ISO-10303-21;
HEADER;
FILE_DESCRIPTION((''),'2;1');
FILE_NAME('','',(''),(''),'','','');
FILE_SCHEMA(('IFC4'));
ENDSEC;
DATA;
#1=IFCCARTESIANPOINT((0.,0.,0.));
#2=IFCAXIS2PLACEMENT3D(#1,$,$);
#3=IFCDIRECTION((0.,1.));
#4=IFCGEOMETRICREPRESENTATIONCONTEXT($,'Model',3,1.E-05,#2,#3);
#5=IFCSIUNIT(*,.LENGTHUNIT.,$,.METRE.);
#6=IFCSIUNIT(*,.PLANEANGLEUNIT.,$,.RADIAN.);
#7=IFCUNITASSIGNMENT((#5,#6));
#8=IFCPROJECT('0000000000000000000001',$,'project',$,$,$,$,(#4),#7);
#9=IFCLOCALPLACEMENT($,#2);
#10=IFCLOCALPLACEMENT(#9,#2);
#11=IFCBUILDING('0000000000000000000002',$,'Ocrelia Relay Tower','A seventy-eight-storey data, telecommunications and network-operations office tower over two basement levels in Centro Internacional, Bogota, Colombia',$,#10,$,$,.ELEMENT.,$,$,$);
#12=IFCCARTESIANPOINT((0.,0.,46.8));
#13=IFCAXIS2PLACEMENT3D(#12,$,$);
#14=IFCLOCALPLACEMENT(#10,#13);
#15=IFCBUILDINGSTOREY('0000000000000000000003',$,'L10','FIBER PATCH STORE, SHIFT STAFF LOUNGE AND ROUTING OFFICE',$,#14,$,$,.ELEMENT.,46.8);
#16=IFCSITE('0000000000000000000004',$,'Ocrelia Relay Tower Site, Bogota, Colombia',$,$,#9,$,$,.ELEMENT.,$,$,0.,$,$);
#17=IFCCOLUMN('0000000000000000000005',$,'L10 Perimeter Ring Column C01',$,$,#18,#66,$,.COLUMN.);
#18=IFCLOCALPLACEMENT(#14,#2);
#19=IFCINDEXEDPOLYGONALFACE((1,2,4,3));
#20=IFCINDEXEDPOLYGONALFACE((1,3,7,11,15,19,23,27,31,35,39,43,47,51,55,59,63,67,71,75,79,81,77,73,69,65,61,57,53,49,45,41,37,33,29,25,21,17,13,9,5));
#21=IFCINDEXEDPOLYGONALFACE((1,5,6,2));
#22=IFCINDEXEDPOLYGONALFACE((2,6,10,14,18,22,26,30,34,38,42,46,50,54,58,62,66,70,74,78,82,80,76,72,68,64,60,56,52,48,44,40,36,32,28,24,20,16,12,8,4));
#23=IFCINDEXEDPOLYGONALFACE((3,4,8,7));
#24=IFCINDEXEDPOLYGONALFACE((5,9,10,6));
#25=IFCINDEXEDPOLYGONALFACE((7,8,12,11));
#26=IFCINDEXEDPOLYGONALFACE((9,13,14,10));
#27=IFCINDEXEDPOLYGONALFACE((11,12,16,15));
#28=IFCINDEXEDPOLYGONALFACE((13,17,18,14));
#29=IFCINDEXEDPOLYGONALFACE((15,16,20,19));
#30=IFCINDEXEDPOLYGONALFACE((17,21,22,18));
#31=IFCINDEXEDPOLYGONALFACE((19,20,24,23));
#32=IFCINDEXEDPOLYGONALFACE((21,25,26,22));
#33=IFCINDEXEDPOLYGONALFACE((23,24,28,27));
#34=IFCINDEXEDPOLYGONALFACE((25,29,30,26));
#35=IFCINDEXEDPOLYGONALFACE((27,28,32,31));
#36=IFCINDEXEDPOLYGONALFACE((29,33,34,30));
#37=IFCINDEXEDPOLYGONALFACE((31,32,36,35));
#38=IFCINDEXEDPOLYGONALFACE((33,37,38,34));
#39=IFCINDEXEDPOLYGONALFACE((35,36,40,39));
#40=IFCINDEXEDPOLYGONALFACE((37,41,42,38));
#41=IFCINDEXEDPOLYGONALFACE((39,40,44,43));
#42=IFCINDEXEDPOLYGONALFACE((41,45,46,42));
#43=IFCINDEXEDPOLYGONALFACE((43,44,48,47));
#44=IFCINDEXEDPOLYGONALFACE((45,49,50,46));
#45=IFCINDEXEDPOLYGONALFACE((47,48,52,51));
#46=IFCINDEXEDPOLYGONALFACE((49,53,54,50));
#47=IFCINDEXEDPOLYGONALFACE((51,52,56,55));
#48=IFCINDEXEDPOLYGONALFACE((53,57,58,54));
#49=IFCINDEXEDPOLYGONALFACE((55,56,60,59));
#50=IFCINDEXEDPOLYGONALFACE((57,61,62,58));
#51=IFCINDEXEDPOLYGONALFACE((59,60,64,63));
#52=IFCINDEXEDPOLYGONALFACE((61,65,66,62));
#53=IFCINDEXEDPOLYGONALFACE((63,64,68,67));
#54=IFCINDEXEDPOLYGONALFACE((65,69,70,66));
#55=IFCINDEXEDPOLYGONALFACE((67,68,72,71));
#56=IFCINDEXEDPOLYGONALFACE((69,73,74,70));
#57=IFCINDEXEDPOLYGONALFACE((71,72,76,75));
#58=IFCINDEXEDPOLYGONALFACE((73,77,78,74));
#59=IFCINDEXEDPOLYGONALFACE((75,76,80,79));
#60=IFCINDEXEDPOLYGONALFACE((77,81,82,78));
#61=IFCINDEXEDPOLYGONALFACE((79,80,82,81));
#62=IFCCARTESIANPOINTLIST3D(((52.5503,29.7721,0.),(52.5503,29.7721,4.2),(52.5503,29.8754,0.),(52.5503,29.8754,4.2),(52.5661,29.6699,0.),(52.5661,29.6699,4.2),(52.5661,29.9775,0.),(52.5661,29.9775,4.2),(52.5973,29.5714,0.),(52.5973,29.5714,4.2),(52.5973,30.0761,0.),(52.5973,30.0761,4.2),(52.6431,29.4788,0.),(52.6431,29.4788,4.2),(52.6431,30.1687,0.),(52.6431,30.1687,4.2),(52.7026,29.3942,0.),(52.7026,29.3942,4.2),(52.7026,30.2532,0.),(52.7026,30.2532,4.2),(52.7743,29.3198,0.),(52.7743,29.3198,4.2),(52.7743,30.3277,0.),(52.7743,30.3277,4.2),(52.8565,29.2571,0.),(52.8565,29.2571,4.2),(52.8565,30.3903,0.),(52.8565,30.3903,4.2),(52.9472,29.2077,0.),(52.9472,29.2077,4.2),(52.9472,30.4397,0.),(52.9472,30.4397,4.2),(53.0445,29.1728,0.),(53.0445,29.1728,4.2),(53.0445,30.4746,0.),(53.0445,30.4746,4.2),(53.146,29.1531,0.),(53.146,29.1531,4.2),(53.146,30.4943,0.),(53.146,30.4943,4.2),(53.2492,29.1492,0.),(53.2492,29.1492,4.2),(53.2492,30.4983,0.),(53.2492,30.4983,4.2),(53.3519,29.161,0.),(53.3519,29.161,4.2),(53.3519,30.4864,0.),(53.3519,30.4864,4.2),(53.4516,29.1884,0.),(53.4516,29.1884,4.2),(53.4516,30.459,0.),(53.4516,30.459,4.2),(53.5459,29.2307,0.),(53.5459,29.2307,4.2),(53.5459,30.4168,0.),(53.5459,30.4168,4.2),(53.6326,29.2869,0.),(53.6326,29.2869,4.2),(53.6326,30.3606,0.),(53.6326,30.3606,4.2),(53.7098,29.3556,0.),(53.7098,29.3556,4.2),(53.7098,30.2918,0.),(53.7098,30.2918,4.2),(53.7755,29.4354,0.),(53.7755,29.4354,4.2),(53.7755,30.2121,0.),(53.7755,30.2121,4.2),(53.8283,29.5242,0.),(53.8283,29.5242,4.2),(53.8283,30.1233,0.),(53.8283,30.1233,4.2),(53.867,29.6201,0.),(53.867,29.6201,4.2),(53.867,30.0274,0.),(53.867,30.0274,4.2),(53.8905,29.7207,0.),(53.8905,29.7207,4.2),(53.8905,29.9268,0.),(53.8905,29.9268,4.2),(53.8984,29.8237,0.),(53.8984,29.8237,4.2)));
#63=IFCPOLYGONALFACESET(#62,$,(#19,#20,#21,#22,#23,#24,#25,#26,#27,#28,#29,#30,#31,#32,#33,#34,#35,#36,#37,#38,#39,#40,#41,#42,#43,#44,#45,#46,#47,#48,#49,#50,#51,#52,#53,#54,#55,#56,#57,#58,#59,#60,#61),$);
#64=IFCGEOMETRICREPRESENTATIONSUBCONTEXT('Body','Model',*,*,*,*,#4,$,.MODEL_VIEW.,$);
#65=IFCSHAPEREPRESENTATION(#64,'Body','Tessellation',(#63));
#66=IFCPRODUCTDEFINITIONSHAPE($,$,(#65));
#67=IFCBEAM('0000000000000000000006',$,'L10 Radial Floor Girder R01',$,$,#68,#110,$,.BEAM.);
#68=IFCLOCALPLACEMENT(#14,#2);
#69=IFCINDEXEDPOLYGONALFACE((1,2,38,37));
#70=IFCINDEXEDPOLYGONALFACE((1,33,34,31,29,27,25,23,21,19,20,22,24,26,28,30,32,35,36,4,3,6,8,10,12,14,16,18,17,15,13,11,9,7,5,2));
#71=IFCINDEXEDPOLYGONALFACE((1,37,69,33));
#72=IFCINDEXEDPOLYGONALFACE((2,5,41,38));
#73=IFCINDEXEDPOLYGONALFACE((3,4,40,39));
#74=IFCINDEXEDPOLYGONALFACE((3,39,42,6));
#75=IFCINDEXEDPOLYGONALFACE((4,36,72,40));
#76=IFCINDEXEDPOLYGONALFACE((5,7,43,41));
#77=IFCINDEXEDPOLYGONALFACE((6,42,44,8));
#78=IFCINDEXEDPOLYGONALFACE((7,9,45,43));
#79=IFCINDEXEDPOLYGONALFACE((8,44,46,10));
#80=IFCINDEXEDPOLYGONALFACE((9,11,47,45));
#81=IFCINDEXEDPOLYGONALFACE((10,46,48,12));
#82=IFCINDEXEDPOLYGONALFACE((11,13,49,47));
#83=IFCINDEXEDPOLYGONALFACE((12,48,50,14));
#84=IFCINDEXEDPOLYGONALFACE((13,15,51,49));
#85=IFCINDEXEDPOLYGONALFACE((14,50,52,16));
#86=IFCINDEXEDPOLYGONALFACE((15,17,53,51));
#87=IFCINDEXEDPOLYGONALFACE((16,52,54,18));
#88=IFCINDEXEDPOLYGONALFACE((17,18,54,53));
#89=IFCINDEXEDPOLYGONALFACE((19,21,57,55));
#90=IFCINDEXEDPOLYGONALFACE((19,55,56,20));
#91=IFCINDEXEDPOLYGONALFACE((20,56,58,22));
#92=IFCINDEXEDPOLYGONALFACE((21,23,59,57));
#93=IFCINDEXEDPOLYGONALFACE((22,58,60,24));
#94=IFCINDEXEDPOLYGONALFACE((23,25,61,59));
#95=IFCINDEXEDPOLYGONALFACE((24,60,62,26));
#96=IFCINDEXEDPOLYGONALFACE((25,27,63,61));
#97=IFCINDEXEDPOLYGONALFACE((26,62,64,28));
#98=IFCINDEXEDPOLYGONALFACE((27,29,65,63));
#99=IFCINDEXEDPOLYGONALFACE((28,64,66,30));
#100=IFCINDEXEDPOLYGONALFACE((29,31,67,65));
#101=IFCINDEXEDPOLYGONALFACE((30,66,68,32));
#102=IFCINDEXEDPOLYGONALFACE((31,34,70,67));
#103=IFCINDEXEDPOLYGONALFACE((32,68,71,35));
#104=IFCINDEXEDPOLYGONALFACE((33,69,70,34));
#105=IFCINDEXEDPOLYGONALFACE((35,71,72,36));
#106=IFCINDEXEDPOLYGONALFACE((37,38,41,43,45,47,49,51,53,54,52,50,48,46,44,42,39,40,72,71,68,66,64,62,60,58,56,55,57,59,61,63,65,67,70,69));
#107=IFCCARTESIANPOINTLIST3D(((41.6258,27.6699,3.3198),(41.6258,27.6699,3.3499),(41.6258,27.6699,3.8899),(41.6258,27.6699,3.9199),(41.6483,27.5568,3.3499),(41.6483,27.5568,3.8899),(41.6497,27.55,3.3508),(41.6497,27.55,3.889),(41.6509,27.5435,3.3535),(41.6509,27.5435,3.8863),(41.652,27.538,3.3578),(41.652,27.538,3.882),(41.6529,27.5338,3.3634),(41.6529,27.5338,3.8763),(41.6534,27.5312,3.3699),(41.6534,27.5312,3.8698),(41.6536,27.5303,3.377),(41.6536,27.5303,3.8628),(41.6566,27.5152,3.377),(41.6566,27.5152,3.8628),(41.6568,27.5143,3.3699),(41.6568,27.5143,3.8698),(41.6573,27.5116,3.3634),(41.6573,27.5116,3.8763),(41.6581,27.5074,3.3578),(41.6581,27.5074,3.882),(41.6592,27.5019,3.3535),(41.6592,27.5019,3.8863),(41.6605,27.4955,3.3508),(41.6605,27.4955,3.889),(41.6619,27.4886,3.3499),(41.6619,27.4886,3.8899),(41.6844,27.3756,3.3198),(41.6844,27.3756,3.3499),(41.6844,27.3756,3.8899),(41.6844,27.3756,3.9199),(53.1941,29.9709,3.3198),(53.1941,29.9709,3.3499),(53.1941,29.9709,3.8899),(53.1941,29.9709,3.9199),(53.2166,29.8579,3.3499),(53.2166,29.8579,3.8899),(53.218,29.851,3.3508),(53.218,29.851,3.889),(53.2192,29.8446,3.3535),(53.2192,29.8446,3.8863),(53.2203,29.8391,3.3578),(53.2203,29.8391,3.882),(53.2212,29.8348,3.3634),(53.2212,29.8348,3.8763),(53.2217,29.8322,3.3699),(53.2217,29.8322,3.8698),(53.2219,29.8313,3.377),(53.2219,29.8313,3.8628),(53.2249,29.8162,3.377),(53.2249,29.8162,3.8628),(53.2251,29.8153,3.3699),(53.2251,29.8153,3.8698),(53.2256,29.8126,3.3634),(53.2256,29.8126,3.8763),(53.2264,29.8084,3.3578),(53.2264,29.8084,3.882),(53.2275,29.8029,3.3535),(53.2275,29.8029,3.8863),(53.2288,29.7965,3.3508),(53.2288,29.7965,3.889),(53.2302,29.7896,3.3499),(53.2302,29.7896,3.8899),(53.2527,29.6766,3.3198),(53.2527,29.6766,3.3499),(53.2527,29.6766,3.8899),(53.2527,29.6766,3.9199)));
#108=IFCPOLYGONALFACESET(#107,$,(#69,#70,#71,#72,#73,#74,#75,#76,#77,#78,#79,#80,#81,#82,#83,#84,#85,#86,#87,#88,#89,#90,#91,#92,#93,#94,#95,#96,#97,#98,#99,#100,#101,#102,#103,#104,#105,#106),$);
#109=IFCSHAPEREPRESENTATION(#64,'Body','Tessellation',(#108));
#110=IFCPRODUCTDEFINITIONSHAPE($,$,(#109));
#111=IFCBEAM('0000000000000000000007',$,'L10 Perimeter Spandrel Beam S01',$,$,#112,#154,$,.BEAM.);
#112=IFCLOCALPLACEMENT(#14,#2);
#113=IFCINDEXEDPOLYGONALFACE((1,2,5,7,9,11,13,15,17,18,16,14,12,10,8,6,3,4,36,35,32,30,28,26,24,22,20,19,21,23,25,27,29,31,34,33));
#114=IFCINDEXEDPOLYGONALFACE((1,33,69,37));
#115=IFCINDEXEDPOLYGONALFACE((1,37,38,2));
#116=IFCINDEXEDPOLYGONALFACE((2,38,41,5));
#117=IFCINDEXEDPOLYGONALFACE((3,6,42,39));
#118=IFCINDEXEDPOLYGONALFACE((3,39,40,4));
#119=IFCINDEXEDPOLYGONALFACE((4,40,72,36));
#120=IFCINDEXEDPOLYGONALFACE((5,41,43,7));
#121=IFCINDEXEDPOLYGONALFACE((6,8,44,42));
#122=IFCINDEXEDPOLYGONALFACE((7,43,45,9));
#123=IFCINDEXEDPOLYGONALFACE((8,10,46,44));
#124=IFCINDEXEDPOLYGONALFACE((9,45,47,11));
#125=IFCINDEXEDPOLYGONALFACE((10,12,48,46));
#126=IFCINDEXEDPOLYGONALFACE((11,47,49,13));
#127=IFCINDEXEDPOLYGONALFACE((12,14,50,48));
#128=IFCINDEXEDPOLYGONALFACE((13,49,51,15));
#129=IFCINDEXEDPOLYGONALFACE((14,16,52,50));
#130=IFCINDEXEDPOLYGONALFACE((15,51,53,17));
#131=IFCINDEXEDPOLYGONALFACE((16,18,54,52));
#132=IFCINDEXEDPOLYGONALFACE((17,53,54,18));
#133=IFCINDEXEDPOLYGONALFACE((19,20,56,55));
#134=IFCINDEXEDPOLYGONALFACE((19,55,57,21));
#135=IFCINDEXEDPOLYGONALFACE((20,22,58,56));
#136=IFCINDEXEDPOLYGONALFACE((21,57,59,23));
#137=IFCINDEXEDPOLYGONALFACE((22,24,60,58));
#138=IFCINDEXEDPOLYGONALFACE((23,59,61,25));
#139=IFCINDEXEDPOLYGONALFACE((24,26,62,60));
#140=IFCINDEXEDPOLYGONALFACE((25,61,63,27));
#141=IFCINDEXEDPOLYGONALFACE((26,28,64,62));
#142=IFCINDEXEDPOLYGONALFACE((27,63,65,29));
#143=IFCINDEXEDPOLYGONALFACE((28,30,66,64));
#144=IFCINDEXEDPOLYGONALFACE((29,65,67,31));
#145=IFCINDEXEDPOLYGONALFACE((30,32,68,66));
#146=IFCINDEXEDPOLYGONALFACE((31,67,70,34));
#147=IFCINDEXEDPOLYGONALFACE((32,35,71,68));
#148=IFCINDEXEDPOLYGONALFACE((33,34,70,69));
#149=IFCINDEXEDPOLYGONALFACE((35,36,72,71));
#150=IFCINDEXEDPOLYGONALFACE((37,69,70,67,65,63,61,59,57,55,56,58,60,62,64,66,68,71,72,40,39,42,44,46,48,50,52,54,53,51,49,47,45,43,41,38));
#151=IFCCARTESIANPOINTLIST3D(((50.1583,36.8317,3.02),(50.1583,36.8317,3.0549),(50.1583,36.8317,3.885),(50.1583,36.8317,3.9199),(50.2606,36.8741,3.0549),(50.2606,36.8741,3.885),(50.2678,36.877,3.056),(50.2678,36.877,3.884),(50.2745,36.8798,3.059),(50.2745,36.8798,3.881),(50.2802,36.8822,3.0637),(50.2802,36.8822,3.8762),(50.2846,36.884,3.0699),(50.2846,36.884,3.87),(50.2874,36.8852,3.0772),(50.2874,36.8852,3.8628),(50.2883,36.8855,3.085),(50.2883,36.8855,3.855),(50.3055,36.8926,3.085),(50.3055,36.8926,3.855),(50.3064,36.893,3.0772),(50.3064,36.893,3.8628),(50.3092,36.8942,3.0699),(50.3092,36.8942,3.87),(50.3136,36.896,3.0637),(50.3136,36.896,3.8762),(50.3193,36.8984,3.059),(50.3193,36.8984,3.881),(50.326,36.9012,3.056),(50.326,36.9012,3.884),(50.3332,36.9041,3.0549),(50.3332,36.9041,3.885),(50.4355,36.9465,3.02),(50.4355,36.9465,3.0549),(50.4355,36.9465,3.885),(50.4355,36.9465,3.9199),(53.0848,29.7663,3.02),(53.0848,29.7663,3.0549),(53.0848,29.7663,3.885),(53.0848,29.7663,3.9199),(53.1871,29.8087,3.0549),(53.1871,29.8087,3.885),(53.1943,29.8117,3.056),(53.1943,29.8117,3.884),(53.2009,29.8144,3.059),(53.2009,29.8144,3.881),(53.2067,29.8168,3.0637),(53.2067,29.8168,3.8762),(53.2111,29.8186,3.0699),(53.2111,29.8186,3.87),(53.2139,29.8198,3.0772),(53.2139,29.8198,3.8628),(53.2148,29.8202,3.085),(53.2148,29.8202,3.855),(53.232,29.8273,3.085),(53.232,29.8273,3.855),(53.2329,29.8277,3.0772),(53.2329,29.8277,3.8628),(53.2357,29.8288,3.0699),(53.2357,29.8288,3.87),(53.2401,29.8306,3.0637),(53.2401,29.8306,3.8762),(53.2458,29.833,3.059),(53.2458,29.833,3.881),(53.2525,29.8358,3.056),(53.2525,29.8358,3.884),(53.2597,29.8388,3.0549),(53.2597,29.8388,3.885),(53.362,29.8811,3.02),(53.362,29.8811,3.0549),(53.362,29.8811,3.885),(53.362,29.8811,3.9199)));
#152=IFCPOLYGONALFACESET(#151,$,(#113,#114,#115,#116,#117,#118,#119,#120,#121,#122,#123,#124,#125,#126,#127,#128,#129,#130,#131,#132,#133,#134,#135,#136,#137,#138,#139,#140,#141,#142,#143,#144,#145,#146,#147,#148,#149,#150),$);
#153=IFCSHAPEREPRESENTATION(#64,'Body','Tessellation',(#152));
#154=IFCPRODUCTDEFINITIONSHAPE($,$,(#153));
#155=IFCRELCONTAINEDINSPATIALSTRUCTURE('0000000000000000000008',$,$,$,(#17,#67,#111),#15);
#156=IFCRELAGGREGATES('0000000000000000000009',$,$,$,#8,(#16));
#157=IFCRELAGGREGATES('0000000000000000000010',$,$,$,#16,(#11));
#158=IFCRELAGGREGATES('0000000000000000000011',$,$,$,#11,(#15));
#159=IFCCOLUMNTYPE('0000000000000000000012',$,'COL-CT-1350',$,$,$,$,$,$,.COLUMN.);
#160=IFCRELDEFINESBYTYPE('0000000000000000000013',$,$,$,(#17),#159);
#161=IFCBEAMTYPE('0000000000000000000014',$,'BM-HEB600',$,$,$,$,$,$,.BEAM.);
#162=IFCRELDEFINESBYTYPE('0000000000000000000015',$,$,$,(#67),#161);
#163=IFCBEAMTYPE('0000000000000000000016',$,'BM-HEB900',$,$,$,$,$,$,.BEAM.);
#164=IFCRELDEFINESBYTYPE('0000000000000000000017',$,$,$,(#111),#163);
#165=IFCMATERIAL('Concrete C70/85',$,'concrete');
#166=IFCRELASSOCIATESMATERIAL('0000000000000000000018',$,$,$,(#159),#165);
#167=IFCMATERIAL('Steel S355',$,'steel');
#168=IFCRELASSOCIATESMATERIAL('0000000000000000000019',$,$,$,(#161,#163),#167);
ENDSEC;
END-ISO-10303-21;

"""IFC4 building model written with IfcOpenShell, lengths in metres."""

from ifc_helpers import new_model, si_unit, direction, frame, origin, origin_2d, place, context, subcontext, project, spatial, circle, i_section, extrude, material, material_profile, profile_set, type_object, element, save


model = new_model("IFC4")

# Units and contexts
model_context = context("Model", 3, precision=1e-05, world=origin(), true_north=direction((0.0, 1.0)))
body_context = subcontext(model_context, "Body", "Model", "MODEL_VIEW")
ifc_project = project(units=[si_unit("LENGTHUNIT", "METRE"), si_unit("PLANEANGLEUNIT", "RADIAN")], contexts=[model_context])

# Site, building, storey
site_placement = place(None, origin())
site = spatial("IfcSite", under=ifc_project, at=site_placement, Name="Ocrelia Relay Tower Site, Bogota, Colombia", CompositionType="ELEMENT", RefElevation=0.0)
building_placement = place(site_placement, origin())
building = spatial("IfcBuilding", under=site, at=building_placement, Name="Ocrelia Relay Tower", Description="A seventy-eight-storey data, telecommunications and network-operations office tower over two basement levels in Centro Internacional, Bogota, Colombia", CompositionType="ELEMENT")
storey_placement = place(building_placement, frame((0.0, 0.0, 46.8)))
storey = spatial("IfcBuildingStorey", under=building, at=storey_placement, Name="L10", Description="FIBER PATCH STORE, SHIFT STAFF LOUNGE AND ROUTING OFFICE", CompositionType="ELEMENT", Elevation=46.8)

# Column
ifc_material_1 = material(Name="Concrete C70/85", Category="concrete")
ifc_material_profile_1 = material_profile(ifc_material_1, circle(Radius=0.675, at=origin_2d()), Name="RC-CIR-1350")
ifc_profile_set_1 = profile_set([ifc_material_profile_1], Name="Concrete C70/85")
column_type = type_object("IfcColumnType", Name="COL-CT-1350", PredefinedType="COLUMN", material=ifc_profile_set_1)
column_placement = place(storey_placement, frame((53.2234, 29.8237, 0.0), z_axis=(0.0, 0.0, 1.0), x_axis=(1.0, 0.0, 0.0)))
element("IfcColumn", 1, at=column_placement, inside=storey, type_object=column_type, Name="L10 Perimeter Ring Column C01", PredefinedType="COLUMN", context=body_context, shape_type="SweptSolid", body=[
    extrude(circle(Radius=0.675, at=origin_2d()), origin(), (0.0, 0.0, 1.0), 4.2),
])

# Beams
ifc_material_2 = material(Name="Steel S355", Category="steel")
ifc_material_profile_2 = material_profile(ifc_material_2, i_section(OverallWidth=0.3, OverallDepth=0.6001, WebThickness=0.0154, FlangeThickness=0.03, FilletRadius=0.0271, at=origin_2d()), Name="HEB 600")
ifc_profile_set_2 = profile_set([ifc_material_profile_2], Name="Steel S355")
beam_type_1 = type_object("IfcBeamType", Name="BM-HEB600", PredefinedType="BEAM", material=ifc_profile_set_2)
beam_1_placement = place(storey_placement, frame((53.2234, 29.8237, 3.6199), z_axis=(-0.980786, -0.195085, 0.0), x_axis=(0.195085, -0.980786, 0.0)))
element("IfcBeam", 2, at=beam_1_placement, inside=storey, type_object=beam_type_1, Name="L10 Radial Floor Girder R01", PredefinedType="BEAM", context=body_context, shape_type="SweptSolid", body=[
    extrude(i_section(OverallWidth=0.3, OverallDepth=0.6001, WebThickness=0.0154, FlangeThickness=0.03, FilletRadius=0.0271, at=origin_2d()), origin(), (0.0, 0.0, 1.0), 11.7949),
])
ifc_material_profile_3 = material_profile(ifc_material_2, i_section(OverallWidth=0.3, OverallDepth=0.8999, WebThickness=0.0186, FlangeThickness=0.0349, FilletRadius=0.03, at=origin_2d()), Name="HEB 900")
ifc_profile_set_3 = profile_set([ifc_material_profile_3], Name="Steel S355")
beam_type_2 = type_object("IfcBeamType", Name="BM-HEB900", PredefinedType="BEAM", material=ifc_profile_set_3)
beam_2_placement = place(storey_placement, frame((53.2234, 29.8237, 3.47), z_axis=(-0.382674, 0.923883, 0.0), x_axis=(-0.923883, -0.382674, 0.0)))
element("IfcBeam", 3, at=beam_2_placement, inside=storey, type_object=beam_type_2, Name="L10 Perimeter Spandrel Beam S01", PredefinedType="BEAM", context=body_context, shape_type="SweptSolid", body=[
    extrude(i_section(OverallWidth=0.3, OverallDepth=0.8999, WebThickness=0.0186, FlangeThickness=0.0349, FilletRadius=0.03, at=origin_2d()), origin(), (0.0, 0.0, 1.0), 7.6475),
])

save(model, "model.ifc")
